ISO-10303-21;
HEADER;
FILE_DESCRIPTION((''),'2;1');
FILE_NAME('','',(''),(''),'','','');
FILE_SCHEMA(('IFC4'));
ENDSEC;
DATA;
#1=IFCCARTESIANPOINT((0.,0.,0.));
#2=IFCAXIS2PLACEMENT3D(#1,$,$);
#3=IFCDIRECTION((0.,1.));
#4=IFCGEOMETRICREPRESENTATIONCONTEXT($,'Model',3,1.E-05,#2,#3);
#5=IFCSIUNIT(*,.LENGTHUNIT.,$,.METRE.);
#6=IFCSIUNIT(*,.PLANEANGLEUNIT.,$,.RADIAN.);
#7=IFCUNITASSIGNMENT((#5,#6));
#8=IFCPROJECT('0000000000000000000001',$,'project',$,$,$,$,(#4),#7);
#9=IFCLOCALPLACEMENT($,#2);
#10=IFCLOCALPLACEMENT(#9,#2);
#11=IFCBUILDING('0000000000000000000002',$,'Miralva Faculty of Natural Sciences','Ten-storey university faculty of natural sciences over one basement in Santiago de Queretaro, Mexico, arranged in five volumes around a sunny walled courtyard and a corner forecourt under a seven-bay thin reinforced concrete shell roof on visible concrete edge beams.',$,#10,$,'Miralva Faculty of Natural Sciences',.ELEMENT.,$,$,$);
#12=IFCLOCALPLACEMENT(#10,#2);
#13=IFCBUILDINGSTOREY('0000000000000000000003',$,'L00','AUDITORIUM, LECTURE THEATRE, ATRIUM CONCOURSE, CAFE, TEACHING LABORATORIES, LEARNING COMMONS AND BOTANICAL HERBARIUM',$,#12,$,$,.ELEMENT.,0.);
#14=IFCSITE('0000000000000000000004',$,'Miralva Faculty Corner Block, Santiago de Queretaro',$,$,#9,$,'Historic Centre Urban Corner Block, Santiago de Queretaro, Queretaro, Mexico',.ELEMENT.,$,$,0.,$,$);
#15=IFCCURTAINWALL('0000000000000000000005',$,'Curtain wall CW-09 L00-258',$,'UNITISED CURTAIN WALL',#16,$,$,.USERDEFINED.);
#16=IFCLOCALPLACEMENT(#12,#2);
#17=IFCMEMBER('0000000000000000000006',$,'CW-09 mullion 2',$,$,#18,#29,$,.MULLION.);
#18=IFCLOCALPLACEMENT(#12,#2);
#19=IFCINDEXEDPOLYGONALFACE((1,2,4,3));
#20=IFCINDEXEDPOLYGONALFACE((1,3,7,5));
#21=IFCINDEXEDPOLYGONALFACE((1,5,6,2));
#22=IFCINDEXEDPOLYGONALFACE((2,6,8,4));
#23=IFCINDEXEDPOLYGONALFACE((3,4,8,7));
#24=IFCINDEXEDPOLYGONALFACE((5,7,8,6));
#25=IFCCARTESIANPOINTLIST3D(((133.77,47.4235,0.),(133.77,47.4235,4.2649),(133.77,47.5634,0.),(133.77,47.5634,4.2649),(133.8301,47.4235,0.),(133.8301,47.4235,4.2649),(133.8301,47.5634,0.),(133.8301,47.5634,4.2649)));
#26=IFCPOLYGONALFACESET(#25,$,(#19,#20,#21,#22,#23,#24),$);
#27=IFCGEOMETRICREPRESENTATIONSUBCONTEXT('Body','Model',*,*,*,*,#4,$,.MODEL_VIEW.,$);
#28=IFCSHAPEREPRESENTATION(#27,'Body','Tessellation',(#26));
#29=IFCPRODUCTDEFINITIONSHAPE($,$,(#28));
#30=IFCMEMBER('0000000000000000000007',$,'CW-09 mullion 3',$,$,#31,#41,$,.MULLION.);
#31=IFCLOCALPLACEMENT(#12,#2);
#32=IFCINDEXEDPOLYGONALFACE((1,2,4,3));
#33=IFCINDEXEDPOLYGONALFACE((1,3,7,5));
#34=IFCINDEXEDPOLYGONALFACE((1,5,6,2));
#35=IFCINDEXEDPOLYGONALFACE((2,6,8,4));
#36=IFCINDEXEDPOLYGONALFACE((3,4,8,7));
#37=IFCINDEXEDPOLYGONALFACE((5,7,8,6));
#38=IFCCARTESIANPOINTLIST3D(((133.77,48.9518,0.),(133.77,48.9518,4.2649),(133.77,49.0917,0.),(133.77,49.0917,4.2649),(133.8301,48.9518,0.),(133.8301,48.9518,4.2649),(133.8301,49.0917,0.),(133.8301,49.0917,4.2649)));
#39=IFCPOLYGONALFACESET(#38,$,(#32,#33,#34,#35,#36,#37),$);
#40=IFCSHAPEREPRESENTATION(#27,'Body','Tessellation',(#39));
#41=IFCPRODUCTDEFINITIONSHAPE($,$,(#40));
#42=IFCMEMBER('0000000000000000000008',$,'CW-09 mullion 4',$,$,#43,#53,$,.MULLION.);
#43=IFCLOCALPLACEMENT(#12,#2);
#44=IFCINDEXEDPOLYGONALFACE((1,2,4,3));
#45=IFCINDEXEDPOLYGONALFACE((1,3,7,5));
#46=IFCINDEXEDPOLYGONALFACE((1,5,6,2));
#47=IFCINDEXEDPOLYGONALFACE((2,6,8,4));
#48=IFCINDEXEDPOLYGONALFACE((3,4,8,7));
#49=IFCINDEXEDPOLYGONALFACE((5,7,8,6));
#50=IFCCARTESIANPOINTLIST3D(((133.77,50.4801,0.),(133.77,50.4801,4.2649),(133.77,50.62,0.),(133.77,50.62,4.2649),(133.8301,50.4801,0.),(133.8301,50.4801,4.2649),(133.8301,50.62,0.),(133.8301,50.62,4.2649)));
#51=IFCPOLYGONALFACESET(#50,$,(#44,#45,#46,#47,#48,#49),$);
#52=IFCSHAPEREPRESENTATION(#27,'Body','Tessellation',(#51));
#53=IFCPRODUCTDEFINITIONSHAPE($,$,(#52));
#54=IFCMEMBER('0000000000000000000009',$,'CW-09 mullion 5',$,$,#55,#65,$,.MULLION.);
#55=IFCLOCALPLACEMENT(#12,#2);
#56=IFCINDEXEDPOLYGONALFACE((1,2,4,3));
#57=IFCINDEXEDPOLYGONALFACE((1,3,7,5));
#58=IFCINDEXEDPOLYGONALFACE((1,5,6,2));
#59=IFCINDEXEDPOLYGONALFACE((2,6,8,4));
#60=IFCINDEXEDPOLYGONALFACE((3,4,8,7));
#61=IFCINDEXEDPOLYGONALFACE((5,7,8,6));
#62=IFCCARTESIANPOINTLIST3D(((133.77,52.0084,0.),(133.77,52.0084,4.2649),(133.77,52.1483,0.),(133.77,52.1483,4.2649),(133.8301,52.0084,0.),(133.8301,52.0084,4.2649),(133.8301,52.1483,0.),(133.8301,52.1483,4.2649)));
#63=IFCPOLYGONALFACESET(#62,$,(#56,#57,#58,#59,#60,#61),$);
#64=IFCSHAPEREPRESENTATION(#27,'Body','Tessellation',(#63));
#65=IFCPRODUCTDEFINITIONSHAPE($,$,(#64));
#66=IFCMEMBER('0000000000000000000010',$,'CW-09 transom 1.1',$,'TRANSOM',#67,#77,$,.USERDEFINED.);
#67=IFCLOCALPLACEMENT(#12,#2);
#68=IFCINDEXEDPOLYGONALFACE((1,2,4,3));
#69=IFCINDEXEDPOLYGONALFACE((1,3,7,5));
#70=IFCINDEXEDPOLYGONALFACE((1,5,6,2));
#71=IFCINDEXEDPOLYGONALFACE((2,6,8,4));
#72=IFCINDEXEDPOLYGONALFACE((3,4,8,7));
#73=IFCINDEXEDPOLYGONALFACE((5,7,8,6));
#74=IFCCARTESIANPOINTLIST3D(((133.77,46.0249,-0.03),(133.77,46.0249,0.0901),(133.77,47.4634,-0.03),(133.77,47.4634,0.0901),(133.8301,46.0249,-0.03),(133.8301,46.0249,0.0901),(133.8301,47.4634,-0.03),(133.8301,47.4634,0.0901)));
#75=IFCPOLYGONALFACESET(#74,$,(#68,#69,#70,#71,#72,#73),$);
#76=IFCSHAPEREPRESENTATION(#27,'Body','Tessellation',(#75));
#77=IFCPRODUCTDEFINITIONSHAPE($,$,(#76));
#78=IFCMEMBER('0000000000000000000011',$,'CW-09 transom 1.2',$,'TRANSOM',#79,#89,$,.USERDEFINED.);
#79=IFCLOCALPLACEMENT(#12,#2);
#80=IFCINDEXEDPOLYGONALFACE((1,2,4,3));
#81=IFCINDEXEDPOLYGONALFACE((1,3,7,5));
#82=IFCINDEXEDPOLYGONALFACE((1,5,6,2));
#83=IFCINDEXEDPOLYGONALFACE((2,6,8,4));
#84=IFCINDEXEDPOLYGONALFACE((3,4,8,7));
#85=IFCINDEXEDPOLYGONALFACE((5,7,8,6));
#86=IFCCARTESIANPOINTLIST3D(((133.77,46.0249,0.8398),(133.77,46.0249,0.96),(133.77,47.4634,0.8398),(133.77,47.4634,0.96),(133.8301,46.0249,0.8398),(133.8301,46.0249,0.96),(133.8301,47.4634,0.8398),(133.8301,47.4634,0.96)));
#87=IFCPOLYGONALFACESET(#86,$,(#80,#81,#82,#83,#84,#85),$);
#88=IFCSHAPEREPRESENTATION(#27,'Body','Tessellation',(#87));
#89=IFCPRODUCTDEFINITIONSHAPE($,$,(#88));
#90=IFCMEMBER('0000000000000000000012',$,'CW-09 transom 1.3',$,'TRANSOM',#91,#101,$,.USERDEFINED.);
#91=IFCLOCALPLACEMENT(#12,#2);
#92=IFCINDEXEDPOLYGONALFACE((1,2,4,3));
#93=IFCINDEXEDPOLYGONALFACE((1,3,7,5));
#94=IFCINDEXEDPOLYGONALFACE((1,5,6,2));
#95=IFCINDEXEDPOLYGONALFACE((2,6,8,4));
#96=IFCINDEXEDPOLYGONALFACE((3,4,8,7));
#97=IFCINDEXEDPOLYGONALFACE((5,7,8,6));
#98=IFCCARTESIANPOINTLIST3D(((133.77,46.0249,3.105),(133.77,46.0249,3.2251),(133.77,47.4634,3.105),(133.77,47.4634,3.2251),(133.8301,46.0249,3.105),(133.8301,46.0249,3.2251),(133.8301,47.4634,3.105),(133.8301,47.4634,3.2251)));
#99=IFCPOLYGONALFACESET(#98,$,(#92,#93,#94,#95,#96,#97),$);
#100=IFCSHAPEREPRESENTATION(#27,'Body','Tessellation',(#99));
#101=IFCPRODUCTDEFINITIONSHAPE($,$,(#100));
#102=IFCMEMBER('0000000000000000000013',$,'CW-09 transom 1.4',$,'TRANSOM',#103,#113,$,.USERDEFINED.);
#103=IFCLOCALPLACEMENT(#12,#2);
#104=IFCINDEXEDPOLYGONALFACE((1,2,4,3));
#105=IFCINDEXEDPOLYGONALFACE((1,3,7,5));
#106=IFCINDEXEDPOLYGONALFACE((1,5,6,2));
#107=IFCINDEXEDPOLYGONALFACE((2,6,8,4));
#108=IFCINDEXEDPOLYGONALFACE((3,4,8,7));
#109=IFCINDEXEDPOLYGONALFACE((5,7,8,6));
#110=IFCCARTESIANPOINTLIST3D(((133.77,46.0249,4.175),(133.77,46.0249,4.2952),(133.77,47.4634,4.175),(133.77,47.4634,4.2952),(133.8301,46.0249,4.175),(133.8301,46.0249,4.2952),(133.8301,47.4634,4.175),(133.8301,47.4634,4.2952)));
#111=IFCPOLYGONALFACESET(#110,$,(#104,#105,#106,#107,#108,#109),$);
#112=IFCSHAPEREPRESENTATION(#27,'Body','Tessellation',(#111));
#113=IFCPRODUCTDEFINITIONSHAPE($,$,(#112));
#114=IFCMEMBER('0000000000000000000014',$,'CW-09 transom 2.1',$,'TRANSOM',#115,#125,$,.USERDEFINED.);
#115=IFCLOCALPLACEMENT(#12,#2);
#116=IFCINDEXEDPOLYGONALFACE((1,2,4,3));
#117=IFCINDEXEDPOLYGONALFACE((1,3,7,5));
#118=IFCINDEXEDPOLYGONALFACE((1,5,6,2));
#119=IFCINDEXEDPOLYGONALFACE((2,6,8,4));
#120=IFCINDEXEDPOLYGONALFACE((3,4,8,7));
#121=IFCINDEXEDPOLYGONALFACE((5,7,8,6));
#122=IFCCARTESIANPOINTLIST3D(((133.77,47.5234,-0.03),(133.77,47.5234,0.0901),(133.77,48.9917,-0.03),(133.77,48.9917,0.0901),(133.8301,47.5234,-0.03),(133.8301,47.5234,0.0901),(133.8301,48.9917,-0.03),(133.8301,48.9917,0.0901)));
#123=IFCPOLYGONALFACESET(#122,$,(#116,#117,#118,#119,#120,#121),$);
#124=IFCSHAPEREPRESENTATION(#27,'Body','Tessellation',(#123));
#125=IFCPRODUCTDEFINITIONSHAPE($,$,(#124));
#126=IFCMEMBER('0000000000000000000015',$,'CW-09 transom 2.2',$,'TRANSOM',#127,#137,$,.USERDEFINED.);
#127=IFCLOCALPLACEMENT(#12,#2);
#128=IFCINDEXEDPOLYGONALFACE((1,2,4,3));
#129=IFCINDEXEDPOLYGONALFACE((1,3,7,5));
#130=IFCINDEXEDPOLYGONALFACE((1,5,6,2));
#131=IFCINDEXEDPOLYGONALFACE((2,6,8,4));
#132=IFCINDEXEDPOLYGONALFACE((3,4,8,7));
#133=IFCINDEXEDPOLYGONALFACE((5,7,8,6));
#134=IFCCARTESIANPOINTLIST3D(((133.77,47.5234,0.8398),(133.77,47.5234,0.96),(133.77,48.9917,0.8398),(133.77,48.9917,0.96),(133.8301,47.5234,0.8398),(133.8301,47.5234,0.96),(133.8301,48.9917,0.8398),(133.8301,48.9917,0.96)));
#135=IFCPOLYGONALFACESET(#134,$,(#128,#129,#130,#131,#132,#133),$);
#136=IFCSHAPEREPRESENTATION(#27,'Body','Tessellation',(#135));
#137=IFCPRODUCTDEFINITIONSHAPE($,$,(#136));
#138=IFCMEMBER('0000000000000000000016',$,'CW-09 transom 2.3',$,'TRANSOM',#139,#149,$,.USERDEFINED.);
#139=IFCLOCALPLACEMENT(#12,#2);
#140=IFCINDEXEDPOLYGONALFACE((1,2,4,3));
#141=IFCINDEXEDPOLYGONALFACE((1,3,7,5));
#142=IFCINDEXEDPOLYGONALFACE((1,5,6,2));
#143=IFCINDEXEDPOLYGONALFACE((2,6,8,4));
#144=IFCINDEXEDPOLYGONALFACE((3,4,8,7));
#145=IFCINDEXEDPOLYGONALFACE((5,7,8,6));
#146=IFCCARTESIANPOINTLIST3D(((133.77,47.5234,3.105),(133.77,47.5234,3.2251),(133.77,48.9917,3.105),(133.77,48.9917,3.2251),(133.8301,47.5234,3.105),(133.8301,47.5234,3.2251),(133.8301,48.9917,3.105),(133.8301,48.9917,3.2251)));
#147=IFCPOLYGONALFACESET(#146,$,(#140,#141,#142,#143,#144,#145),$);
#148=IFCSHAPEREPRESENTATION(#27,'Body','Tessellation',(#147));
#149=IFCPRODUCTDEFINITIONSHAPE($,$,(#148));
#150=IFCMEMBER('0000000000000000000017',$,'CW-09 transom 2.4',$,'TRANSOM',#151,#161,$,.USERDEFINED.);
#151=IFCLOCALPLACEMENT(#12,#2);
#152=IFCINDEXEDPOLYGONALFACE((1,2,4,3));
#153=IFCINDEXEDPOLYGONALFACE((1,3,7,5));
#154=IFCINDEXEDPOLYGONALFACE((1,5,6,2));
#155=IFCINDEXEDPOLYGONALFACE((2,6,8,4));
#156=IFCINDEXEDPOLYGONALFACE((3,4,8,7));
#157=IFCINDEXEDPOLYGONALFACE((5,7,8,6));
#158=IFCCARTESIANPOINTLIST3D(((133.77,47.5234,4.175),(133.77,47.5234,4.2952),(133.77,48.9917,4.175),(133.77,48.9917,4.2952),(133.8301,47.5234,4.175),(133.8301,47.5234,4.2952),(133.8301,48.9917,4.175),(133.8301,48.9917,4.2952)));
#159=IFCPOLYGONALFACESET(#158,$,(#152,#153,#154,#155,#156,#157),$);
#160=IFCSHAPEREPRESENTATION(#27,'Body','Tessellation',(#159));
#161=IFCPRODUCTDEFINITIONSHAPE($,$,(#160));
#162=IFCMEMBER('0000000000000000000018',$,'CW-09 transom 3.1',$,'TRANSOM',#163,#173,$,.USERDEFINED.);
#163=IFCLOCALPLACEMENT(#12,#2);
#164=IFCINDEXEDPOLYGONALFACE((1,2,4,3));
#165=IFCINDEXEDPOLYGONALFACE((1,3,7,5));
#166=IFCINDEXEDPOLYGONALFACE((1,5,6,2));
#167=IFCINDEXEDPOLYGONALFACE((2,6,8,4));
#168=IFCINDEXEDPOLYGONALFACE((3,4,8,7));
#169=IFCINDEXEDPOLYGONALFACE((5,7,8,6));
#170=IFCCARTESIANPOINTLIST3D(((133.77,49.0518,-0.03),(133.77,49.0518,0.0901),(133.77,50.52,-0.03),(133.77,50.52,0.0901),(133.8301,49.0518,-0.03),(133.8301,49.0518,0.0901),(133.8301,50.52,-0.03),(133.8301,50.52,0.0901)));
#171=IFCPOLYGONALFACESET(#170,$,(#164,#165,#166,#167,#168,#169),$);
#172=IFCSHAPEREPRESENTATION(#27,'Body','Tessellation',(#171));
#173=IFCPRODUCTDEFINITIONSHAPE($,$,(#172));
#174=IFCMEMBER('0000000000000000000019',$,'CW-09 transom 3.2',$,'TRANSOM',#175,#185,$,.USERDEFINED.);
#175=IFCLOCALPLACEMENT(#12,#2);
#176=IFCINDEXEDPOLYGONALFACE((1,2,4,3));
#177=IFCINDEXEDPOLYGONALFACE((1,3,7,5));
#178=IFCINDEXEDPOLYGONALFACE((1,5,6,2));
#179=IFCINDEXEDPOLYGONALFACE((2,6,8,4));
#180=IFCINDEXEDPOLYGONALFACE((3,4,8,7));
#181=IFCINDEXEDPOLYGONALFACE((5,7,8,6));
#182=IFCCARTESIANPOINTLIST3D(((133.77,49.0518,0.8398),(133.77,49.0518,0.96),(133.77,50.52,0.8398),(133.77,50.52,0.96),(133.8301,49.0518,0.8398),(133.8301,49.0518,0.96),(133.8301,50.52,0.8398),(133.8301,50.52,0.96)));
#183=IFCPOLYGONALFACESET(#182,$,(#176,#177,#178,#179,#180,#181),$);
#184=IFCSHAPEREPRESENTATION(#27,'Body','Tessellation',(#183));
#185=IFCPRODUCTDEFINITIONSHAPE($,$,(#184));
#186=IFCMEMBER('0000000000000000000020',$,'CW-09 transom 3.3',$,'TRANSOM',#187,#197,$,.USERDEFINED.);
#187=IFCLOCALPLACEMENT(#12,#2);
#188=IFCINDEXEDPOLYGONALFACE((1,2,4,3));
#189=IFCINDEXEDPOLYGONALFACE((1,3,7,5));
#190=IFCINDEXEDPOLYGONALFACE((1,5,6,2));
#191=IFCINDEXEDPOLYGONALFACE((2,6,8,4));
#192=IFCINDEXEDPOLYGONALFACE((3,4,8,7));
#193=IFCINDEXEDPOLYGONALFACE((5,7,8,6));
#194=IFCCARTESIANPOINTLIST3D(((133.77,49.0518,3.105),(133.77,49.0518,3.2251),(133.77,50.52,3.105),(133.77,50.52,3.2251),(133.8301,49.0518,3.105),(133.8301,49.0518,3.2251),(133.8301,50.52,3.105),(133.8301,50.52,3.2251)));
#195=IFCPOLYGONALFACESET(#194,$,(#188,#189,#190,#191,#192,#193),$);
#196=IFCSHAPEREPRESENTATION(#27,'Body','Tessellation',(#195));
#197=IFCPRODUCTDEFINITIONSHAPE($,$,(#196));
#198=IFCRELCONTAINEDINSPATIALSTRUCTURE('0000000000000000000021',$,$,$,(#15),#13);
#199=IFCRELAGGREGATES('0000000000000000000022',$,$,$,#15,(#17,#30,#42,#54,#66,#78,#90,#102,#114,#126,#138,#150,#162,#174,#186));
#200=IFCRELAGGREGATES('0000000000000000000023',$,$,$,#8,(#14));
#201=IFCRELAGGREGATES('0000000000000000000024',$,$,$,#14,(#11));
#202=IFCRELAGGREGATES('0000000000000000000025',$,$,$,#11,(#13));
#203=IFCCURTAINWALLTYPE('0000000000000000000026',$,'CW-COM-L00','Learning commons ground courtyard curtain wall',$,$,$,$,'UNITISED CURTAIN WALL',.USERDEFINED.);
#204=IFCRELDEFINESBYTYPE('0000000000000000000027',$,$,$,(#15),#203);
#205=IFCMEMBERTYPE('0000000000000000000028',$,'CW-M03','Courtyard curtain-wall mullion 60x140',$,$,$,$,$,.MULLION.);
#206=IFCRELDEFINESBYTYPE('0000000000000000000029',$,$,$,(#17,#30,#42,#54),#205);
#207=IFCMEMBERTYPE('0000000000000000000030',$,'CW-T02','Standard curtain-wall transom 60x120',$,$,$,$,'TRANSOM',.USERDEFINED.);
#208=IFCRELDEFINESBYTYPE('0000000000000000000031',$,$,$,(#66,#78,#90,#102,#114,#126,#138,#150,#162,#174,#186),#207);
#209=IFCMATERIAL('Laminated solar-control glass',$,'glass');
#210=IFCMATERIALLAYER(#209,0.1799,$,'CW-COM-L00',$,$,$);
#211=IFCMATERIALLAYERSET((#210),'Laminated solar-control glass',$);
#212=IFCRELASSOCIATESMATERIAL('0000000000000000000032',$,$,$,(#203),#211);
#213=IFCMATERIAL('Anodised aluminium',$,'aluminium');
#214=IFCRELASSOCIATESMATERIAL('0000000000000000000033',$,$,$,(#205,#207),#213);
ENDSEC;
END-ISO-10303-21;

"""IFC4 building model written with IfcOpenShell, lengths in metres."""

from ifc_helpers import new_model, si_unit, direction, frame, origin, origin_2d, place, context, subcontext, project, spatial, rectangle, extrude, material, layer, layer_set, material_profile, profile_set, type_object, element, aggregate, save


model = new_model("IFC4")

# Units and contexts
model_context = context("Model", 3, precision=1e-05, world=origin(), true_north=direction((0.0, 1.0)))
body_context = subcontext(model_context, "Body", "Model", "MODEL_VIEW")
ifc_project = project(units=[si_unit("LENGTHUNIT", "METRE"), si_unit("PLANEANGLEUNIT", "RADIAN")], contexts=[model_context])

# Site, building, storey
site_placement = place(None, origin())
site = spatial("IfcSite", under=ifc_project, at=site_placement, Name="Miralva Faculty Corner Block, Santiago de Queretaro", LongName="Historic Centre Urban Corner Block, Santiago de Queretaro, Queretaro, Mexico", CompositionType="ELEMENT", RefElevation=0.0)
building_placement = place(site_placement, origin())
building = spatial("IfcBuilding", under=site, at=building_placement, Name="Miralva Faculty of Natural Sciences", Description="Ten-storey university faculty of natural sciences over one basement in Santiago de Queretaro, Mexico, arranged in five volumes around a sunny walled courtyard and a corner forecourt under a seven-bay thin reinforced concrete shell roof on visible concrete edge beams.", LongName="Miralva Faculty of Natural Sciences", CompositionType="ELEMENT")
storey_placement = place(building_placement, origin())
storey = spatial("IfcBuildingStorey", under=building, at=storey_placement, Name="L00", Description="AUDITORIUM, LECTURE THEATRE, ATRIUM CONCOURSE, CAFE, TEACHING LABORATORIES, LEARNING COMMONS AND BOTANICAL HERBARIUM", CompositionType="ELEMENT", Elevation=0.0)

# Curtain wall, members
ifc_material_1 = material(Name="Laminated solar-control glass", Category="glass")
ifc_layer_1 = layer(ifc_material_1, 0.1799, Name="CW-COM-L00")
ifc_layer_set_1 = layer_set([ifc_layer_1], Name="Laminated solar-control glass")
curtain_wall_type = type_object("IfcCurtainWallType", Name="CW-COM-L00", Description="Learning commons ground courtyard curtain wall", ElementType="UNITISED CURTAIN WALL", PredefinedType="USERDEFINED", material=ifc_layer_set_1)
curtain_wall_placement = place(storey_placement, origin())
curtain_wall = element("IfcCurtainWall", 1, at=curtain_wall_placement, inside=storey, type_object=curtain_wall_type, Name="Curtain wall CW-09 L00-258", ObjectType="UNITISED CURTAIN WALL", PredefinedType="USERDEFINED")
ifc_material_2 = material(Name="Anodised aluminium", Category="aluminium")
ifc_material_profile_1 = material_profile(ifc_material_2, rectangle(XDim=0.0601, YDim=0.1399, at=origin_2d()), Name="MULLION 60x140")
ifc_profile_set_1 = profile_set([ifc_material_profile_1], Name="Anodised aluminium")
member_type_1 = type_object("IfcMemberType", Name="CW-M03", Description="Courtyard curtain-wall mullion 60x140", PredefinedType="MULLION", material=ifc_profile_set_1)
member_1_placement = place(storey_placement, frame((133.8, 47.4934, 0.0), z_axis=(0.0, 0.0, 1.0), x_axis=(-1.0, 0.0, 0.0)))
member_1 = element("IfcMember", 2, at=member_1_placement, type_object=member_type_1, Name="CW-09 mullion 2", PredefinedType="MULLION", context=body_context, shape_type="SweptSolid", body=[
    extrude(rectangle(XDim=0.0601, YDim=0.1399, at=origin_2d()), origin(), (0.0, 0.0, 1.0), 4.2649),
])
member_2_placement = place(storey_placement, frame((133.8, 49.0217, 0.0), z_axis=(0.0, 0.0, 1.0), x_axis=(-1.0, 0.0, 0.0)))
member_2 = element("IfcMember", 3, at=member_2_placement, type_object=member_type_1, Name="CW-09 mullion 3", PredefinedType="MULLION", context=body_context, shape_type="SweptSolid", body=[
    extrude(rectangle(XDim=0.0601, YDim=0.1399, at=origin_2d()), origin(), (0.0, 0.0, 1.0), 4.2649),
])
member_3_placement = place(storey_placement, frame((133.8, 50.55, 0.0), z_axis=(0.0, 0.0, 1.0), x_axis=(-1.0, 0.0, 0.0)))
member_3 = element("IfcMember", 4, at=member_3_placement, type_object=member_type_1, Name="CW-09 mullion 4", PredefinedType="MULLION", context=body_context, shape_type="SweptSolid", body=[
    extrude(rectangle(XDim=0.0601, YDim=0.1399, at=origin_2d()), origin(), (0.0, 0.0, 1.0), 4.2649),
])
member_4_placement = place(storey_placement, frame((133.8, 52.0784, 0.0), z_axis=(0.0, 0.0, 1.0), x_axis=(-1.0, 0.0, 0.0)))
member_4 = element("IfcMember", 5, at=member_4_placement, type_object=member_type_1, Name="CW-09 mullion 5", PredefinedType="MULLION", context=body_context, shape_type="SweptSolid", body=[
    extrude(rectangle(XDim=0.0601, YDim=0.1399, at=origin_2d()), origin(), (0.0, 0.0, 1.0), 4.2649),
])
ifc_material_profile_2 = material_profile(ifc_material_2, rectangle(XDim=0.0601, YDim=0.1201, at=origin_2d()), Name="TRANSOM 60x120")
ifc_profile_set_2 = profile_set([ifc_material_profile_2], Name="Anodised aluminium")
member_type_2 = type_object("IfcMemberType", Name="CW-T02", Description="Standard curtain-wall transom 60x120", ElementType="TRANSOM", PredefinedType="USERDEFINED", material=ifc_profile_set_2)
member_5_placement = place(storey_placement, frame((133.8, 46.0249, 0.03), z_axis=(0.0, 1.0, 0.0), x_axis=(-1.0, 0.0, 0.0)))
member_5 = element("IfcMember", 6, at=member_5_placement, type_object=member_type_2, Name="CW-09 transom 1.1", ObjectType="TRANSOM", PredefinedType="USERDEFINED", context=body_context, shape_type="SweptSolid", body=[
    extrude(rectangle(XDim=0.0601, YDim=0.1201, at=origin_2d()), origin(), (0.0, 0.0, 1.0), 1.4385),
])
member_6_placement = place(storey_placement, frame((133.8, 46.0249, 0.8999), z_axis=(0.0, 1.0, 0.0), x_axis=(-1.0, 0.0, 0.0)))
member_6 = element("IfcMember", 7, at=member_6_placement, type_object=member_type_2, Name="CW-09 transom 1.2", ObjectType="TRANSOM", PredefinedType="USERDEFINED", context=body_context, shape_type="SweptSolid", body=[
    extrude(rectangle(XDim=0.0601, YDim=0.1201, at=origin_2d()), origin(), (0.0, 0.0, 1.0), 1.4385),
])
member_7_placement = place(storey_placement, frame((133.8, 46.0249, 3.165), z_axis=(0.0, 1.0, 0.0), x_axis=(-1.0, 0.0, 0.0)))
member_7 = element("IfcMember", 8, at=member_7_placement, type_object=member_type_2, Name="CW-09 transom 1.3", ObjectType="TRANSOM", PredefinedType="USERDEFINED", context=body_context, shape_type="SweptSolid", body=[
    extrude(rectangle(XDim=0.0601, YDim=0.1201, at=origin_2d()), origin(), (0.0, 0.0, 1.0), 1.4385),
])
member_8_placement = place(storey_placement, frame((133.8, 46.0249, 4.2351), z_axis=(0.0, 1.0, 0.0), x_axis=(-1.0, 0.0, 0.0)))
member_8 = element("IfcMember", 9, at=member_8_placement, type_object=member_type_2, Name="CW-09 transom 1.4", ObjectType="TRANSOM", PredefinedType="USERDEFINED", context=body_context, shape_type="SweptSolid", body=[
    extrude(rectangle(XDim=0.0601, YDim=0.1201, at=origin_2d()), origin(), (0.0, 0.0, 1.0), 1.4385),
])
member_9_placement = place(storey_placement, frame((133.8, 47.5234, 0.03), z_axis=(0.0, 1.0, 0.0), x_axis=(-1.0, 0.0, 0.0)))
member_9 = element("IfcMember", 10, at=member_9_placement, type_object=member_type_2, Name="CW-09 transom 2.1", ObjectType="TRANSOM", PredefinedType="USERDEFINED", context=body_context, shape_type="SweptSolid", body=[
    extrude(rectangle(XDim=0.0601, YDim=0.1201, at=origin_2d()), origin(), (0.0, 0.0, 1.0), 1.4683),
])
member_10_placement = place(storey_placement, frame((133.8, 47.5234, 0.8999), z_axis=(0.0, 1.0, 0.0), x_axis=(-1.0, 0.0, 0.0)))
member_10 = element("IfcMember", 11, at=member_10_placement, type_object=member_type_2, Name="CW-09 transom 2.2", ObjectType="TRANSOM", PredefinedType="USERDEFINED", context=body_context, shape_type="SweptSolid", body=[
    extrude(rectangle(XDim=0.0601, YDim=0.1201, at=origin_2d()), origin(), (0.0, 0.0, 1.0), 1.4683),
])
member_11_placement = place(storey_placement, frame((133.8, 47.5234, 3.165), z_axis=(0.0, 1.0, 0.0), x_axis=(-1.0, 0.0, 0.0)))
member_11 = element("IfcMember", 12, at=member_11_placement, type_object=member_type_2, Name="CW-09 transom 2.3", ObjectType="TRANSOM", PredefinedType="USERDEFINED", context=body_context, shape_type="SweptSolid", body=[
    extrude(rectangle(XDim=0.0601, YDim=0.1201, at=origin_2d()), origin(), (0.0, 0.0, 1.0), 1.4683),
])
member_12_placement = place(storey_placement, frame((133.8, 47.5234, 4.2351), z_axis=(0.0, 1.0, 0.0), x_axis=(-1.0, 0.0, 0.0)))
member_12 = element("IfcMember", 13, at=member_12_placement, type_object=member_type_2, Name="CW-09 transom 2.4", ObjectType="TRANSOM", PredefinedType="USERDEFINED", context=body_context, shape_type="SweptSolid", body=[
    extrude(rectangle(XDim=0.0601, YDim=0.1201, at=origin_2d()), origin(), (0.0, 0.0, 1.0), 1.4683),
])
member_13_placement = place(storey_placement, frame((133.8, 49.0518, 0.03), z_axis=(0.0, 1.0, 0.0), x_axis=(-1.0, 0.0, 0.0)))
member_13 = element("IfcMember", 14, at=member_13_placement, type_object=member_type_2, Name="CW-09 transom 3.1", ObjectType="TRANSOM", PredefinedType="USERDEFINED", context=body_context, shape_type="SweptSolid", body=[
    extrude(rectangle(XDim=0.0601, YDim=0.1201, at=origin_2d()), origin(), (0.0, 0.0, 1.0), 1.4683),
])
member_14_placement = place(storey_placement, frame((133.8, 49.0518, 0.8999), z_axis=(0.0, 1.0, 0.0), x_axis=(-1.0, 0.0, 0.0)))
member_14 = element("IfcMember", 15, at=member_14_placement, type_object=member_type_2, Name="CW-09 transom 3.2", ObjectType="TRANSOM", PredefinedType="USERDEFINED", context=body_context, shape_type="SweptSolid", body=[
    extrude(rectangle(XDim=0.0601, YDim=0.1201, at=origin_2d()), origin(), (0.0, 0.0, 1.0), 1.4683),
])
member_15_placement = place(storey_placement, frame((133.8, 49.0518, 3.165), z_axis=(0.0, 1.0, 0.0), x_axis=(-1.0, 0.0, 0.0)))
member_15 = element("IfcMember", 16, at=member_15_placement, type_object=member_type_2, Name="CW-09 transom 3.3", ObjectType="TRANSOM", PredefinedType="USERDEFINED", context=body_context, shape_type="SweptSolid", body=[
    extrude(rectangle(XDim=0.0601, YDim=0.1201, at=origin_2d()), origin(), (0.0, 0.0, 1.0), 1.4683),
])
aggregate(curtain_wall, [member_1, member_2, member_3, member_4, member_5, member_6, member_7, member_8, member_9, member_10, member_11, member_12, member_13, member_14, member_15])

save(model, "model.ifc")
